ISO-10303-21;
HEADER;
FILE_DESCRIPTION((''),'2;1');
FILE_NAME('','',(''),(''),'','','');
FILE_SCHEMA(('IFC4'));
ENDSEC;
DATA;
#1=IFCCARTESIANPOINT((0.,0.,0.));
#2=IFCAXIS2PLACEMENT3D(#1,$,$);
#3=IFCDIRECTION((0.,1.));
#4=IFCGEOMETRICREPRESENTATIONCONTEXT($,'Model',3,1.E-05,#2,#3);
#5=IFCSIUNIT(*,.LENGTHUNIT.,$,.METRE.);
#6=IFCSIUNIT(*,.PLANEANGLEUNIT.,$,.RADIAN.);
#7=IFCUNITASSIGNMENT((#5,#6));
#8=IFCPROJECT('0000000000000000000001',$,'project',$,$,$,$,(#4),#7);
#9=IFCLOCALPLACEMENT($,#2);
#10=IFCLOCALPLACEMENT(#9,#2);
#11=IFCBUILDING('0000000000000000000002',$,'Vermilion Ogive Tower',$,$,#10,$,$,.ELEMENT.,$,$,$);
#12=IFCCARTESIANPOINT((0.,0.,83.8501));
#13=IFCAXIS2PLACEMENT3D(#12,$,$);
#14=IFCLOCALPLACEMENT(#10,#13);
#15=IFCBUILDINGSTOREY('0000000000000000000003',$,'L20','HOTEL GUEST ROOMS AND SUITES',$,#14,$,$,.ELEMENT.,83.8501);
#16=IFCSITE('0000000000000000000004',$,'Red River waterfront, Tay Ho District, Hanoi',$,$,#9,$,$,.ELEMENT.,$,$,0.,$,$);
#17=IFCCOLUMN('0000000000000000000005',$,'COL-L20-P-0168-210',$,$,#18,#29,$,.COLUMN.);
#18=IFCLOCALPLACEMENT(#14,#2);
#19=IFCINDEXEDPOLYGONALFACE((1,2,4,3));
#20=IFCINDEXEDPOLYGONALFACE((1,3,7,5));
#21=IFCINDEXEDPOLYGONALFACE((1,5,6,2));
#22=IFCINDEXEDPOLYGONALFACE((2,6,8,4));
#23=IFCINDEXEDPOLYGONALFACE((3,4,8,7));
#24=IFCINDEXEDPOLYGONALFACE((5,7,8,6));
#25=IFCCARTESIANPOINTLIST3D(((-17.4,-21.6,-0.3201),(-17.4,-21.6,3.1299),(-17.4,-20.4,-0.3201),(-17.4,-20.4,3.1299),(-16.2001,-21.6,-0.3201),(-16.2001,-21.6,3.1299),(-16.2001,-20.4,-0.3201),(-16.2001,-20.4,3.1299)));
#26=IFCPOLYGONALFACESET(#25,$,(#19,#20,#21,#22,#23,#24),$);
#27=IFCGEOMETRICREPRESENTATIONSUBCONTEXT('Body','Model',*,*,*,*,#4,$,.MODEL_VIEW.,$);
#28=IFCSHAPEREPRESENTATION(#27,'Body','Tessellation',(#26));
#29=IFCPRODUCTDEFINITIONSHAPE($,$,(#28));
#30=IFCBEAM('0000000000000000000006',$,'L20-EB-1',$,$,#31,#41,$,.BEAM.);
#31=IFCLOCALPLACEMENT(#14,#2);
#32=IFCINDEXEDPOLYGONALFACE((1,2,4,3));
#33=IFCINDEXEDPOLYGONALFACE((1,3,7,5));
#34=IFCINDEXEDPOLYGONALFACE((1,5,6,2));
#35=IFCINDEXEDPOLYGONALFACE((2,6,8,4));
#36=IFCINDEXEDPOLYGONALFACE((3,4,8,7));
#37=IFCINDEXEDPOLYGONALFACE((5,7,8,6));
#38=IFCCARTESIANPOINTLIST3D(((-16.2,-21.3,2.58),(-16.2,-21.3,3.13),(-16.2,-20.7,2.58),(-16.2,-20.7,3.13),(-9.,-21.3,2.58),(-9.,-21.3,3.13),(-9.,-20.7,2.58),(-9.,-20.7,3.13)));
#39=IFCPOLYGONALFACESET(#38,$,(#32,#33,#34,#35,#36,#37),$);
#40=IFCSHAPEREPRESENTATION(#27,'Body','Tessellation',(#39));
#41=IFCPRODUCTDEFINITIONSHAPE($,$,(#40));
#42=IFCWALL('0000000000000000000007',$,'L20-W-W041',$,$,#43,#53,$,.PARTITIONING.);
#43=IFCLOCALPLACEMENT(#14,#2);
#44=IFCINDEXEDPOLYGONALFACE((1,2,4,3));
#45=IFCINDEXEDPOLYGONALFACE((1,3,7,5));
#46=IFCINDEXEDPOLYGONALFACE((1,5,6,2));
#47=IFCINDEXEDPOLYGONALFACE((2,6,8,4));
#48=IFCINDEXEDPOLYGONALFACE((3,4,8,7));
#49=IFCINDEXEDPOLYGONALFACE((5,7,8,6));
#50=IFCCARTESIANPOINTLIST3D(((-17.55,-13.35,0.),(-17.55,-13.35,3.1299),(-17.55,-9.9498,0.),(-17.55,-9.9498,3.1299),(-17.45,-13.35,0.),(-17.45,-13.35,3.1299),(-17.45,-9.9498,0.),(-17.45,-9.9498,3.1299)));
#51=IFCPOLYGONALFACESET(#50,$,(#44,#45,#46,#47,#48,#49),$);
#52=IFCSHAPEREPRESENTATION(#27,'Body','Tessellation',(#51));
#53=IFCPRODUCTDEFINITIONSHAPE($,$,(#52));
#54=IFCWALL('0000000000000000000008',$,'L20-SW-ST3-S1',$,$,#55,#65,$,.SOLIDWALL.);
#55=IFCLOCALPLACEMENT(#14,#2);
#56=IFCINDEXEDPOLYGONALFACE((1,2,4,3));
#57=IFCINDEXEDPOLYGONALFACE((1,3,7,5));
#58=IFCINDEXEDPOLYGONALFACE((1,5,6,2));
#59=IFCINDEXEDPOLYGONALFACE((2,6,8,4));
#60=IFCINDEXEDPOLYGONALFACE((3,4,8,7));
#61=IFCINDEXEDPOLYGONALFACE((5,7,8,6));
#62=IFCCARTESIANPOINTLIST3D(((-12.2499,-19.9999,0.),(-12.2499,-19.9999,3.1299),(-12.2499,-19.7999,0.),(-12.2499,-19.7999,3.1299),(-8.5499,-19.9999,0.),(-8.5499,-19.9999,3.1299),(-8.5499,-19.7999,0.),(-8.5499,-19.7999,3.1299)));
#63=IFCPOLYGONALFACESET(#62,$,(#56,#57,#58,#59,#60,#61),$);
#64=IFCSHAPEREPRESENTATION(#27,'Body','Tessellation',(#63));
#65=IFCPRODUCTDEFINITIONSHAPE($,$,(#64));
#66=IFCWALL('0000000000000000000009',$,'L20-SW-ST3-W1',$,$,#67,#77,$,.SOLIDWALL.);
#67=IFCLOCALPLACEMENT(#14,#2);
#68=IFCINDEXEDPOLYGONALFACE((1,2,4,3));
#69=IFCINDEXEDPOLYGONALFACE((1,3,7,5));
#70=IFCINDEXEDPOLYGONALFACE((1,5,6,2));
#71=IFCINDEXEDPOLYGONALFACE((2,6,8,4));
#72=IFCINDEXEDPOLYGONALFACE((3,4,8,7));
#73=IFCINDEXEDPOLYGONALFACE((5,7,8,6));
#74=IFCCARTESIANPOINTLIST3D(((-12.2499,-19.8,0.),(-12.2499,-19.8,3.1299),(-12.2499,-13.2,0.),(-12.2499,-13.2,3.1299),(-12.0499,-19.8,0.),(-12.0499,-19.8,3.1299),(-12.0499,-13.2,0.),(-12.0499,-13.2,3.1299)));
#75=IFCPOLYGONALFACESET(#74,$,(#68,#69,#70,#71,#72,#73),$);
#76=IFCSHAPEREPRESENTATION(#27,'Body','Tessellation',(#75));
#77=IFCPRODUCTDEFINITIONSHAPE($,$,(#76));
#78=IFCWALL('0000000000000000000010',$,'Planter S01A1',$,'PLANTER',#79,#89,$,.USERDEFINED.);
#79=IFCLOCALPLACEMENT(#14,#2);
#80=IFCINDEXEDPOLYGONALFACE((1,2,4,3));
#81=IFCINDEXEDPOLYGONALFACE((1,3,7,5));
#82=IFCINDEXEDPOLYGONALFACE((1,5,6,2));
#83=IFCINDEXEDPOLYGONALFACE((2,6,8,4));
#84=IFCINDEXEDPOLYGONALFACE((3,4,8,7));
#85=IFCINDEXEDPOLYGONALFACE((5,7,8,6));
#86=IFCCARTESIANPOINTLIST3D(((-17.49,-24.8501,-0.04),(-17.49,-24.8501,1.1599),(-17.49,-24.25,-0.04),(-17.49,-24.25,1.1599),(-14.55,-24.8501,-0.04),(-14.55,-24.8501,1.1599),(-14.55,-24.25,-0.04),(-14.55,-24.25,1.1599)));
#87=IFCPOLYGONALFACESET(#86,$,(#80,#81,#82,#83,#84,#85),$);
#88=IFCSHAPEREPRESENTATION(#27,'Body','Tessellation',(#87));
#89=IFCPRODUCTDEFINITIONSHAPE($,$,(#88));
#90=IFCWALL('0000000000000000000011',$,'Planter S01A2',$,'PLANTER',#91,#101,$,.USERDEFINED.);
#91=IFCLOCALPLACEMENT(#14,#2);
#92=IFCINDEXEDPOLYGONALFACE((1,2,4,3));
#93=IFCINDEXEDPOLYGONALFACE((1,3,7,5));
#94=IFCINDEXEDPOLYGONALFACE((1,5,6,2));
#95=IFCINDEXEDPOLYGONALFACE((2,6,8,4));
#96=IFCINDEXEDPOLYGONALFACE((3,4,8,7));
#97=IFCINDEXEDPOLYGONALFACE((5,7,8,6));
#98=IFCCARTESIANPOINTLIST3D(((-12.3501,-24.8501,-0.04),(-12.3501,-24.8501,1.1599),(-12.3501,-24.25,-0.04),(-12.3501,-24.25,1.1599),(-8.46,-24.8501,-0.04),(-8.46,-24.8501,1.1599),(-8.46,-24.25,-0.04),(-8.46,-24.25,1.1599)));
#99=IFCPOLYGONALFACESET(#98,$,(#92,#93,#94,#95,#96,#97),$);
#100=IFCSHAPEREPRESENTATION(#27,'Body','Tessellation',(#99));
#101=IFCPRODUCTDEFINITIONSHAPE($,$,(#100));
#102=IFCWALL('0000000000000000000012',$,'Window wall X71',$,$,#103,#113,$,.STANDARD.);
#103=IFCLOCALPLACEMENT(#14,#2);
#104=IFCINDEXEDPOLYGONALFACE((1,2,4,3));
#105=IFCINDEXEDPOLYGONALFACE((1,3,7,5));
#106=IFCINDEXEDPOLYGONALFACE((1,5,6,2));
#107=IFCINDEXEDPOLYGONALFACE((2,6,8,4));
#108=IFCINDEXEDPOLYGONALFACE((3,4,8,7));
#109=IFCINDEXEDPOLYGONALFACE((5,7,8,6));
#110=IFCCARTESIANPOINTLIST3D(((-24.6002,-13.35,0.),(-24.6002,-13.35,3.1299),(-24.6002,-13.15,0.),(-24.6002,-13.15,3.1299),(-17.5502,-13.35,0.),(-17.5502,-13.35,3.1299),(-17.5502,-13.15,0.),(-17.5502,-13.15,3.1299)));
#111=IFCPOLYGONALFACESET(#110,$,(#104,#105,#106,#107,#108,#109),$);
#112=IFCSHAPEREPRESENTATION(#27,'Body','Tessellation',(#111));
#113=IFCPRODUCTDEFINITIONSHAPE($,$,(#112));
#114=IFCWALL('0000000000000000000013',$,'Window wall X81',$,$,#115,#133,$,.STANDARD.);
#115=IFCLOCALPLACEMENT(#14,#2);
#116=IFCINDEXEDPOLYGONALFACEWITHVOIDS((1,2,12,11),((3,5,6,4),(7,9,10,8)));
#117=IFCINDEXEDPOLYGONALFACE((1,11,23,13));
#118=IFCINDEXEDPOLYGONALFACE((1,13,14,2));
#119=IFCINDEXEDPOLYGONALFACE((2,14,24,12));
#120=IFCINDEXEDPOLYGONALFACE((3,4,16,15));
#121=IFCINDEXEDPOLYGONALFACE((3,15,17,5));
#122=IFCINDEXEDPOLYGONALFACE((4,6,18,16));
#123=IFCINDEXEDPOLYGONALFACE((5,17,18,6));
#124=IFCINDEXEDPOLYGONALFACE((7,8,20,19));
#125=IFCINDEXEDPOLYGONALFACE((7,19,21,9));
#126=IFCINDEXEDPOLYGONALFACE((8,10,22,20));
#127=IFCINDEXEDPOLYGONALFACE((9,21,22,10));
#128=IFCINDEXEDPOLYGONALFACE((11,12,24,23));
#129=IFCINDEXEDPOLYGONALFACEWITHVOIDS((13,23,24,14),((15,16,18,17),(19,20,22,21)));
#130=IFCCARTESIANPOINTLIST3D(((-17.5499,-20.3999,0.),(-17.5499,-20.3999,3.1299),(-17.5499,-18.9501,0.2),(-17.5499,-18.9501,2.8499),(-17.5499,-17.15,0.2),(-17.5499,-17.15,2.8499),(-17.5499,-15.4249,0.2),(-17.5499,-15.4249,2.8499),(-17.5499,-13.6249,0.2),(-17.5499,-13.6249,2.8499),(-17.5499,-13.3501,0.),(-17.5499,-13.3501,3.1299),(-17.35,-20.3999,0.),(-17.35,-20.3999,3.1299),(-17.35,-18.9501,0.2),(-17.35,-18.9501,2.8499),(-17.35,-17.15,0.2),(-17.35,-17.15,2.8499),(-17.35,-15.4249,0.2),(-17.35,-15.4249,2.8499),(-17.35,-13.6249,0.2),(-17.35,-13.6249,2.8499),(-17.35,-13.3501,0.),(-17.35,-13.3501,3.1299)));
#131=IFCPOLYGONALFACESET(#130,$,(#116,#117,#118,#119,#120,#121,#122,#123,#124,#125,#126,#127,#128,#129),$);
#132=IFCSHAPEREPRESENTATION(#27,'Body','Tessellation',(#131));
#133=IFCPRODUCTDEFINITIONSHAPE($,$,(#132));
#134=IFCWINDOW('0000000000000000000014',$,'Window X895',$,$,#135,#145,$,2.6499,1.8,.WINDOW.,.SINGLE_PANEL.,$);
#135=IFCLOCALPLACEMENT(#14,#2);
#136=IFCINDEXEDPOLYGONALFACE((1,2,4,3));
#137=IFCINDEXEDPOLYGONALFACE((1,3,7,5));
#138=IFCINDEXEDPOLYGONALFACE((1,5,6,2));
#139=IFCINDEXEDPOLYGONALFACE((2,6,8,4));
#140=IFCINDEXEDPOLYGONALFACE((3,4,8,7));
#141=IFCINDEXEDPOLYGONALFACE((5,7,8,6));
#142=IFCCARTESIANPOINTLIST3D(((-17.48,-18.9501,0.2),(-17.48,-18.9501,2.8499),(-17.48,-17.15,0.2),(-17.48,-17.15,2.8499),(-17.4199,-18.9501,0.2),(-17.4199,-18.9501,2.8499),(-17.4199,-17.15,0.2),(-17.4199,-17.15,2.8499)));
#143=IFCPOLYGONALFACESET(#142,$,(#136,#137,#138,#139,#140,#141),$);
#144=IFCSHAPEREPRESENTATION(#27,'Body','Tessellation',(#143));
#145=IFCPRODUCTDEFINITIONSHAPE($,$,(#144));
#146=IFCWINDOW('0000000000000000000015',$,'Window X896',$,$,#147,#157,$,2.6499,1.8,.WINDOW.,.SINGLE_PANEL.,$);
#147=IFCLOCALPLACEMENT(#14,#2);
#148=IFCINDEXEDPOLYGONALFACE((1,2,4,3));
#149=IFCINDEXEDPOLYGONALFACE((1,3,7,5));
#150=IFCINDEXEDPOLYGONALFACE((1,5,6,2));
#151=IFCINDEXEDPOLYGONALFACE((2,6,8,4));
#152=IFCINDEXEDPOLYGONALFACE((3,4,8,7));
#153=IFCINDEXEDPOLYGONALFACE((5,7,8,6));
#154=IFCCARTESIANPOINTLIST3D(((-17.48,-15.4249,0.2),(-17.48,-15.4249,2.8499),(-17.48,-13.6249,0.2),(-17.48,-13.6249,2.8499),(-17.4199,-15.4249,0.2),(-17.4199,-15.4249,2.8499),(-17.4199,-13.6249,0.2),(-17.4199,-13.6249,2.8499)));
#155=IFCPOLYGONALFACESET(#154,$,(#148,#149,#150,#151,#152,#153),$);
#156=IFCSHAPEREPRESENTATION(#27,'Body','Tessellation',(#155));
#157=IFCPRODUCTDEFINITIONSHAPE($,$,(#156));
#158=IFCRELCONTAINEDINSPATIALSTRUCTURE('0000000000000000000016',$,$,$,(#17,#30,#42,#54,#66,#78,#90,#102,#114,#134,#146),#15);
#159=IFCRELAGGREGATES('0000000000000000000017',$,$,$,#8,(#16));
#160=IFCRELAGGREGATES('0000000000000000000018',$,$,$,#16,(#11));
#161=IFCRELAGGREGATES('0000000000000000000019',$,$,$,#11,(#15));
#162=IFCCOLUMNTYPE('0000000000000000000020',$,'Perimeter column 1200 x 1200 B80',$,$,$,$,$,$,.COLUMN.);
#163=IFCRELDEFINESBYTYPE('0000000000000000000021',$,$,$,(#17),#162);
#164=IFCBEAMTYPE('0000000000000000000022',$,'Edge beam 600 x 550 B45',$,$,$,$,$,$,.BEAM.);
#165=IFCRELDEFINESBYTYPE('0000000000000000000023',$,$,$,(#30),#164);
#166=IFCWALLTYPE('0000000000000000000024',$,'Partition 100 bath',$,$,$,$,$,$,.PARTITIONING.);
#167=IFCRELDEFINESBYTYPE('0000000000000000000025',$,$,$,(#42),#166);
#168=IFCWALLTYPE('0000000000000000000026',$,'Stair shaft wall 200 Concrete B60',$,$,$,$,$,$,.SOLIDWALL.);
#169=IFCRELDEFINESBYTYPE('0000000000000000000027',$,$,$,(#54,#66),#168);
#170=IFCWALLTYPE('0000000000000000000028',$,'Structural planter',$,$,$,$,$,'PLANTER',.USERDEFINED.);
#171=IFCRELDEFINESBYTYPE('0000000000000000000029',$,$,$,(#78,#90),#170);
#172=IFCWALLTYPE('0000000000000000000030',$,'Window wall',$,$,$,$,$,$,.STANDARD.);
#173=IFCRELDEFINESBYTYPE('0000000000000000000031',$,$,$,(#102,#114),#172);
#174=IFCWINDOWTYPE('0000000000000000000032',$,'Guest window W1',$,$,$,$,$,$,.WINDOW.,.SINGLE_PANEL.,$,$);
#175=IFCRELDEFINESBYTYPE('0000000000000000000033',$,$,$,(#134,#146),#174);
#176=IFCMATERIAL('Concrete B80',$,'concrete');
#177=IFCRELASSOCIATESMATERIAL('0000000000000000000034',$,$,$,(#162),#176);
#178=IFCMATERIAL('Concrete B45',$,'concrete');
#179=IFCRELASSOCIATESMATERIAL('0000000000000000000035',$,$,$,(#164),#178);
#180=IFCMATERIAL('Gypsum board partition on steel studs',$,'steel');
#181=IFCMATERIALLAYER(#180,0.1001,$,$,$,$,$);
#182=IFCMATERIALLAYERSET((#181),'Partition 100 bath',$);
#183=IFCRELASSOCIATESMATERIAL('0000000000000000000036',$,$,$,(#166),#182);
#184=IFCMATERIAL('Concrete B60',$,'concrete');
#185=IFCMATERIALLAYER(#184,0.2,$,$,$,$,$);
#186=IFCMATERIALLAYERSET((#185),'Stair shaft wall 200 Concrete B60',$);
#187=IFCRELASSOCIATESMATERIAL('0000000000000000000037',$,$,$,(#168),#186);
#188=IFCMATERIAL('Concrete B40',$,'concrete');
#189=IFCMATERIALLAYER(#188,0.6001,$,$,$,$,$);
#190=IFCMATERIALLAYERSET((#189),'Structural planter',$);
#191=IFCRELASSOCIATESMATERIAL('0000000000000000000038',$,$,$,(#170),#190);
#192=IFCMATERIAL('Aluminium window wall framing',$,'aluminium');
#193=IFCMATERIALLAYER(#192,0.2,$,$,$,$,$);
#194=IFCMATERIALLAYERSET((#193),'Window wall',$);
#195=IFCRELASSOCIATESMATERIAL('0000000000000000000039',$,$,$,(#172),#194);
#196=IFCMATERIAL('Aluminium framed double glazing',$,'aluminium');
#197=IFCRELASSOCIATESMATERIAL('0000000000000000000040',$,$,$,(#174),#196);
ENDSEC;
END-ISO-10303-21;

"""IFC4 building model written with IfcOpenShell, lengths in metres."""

from ifc_helpers import new_model, si_unit, direction, frame, frame_2d, origin, origin_2d, place, context, subcontext, project, spatial, rectangle, extrude, material, layer, layer_set, material_profile, profile_set, type_object, element, fill, save


model = new_model("IFC4")

# Units and contexts
model_context = context("Model", 3, precision=1e-05, world=origin(), true_north=direction((0.0, 1.0)))
body_context = subcontext(model_context, "Body", "Model", "MODEL_VIEW")
ifc_project = project(units=[si_unit("LENGTHUNIT", "METRE"), si_unit("PLANEANGLEUNIT", "RADIAN")], contexts=[model_context])

# Site, building, storey
site_placement = place(None, origin())
site = spatial("IfcSite", under=ifc_project, at=site_placement, Name="Red River waterfront, Tay Ho District, Hanoi", CompositionType="ELEMENT", RefElevation=0.0)
building_placement = place(site_placement, origin())
building = spatial("IfcBuilding", under=site, at=building_placement, Name="Vermilion Ogive Tower", CompositionType="ELEMENT")
storey_placement = place(building_placement, frame((0.0, 0.0, 83.8501)))
storey = spatial("IfcBuildingStorey", under=building, at=storey_placement, Name="L20", Description="HOTEL GUEST ROOMS AND SUITES", CompositionType="ELEMENT", Elevation=83.8501)

# Column
ifc_material_1 = material(Name="Concrete B80", Category="concrete")
ifc_material_profile_1 = material_profile(ifc_material_1, rectangle(XDim=1.2, YDim=1.2, at=origin_2d()), Name="1200 x 1200")
ifc_profile_set_1 = profile_set([ifc_material_profile_1], Name="Concrete B80")
column_type = type_object("IfcColumnType", Name="Perimeter column 1200 x 1200 B80", PredefinedType="COLUMN", material=ifc_profile_set_1)
column_placement = place(storey_placement, frame((-16.8, -21.0, -0.3201), z_axis=(0.0, 0.0, 1.0), x_axis=(1.0, 0.0, 0.0)))
element("IfcColumn", 1, at=column_placement, inside=storey, type_object=column_type, Name="COL-L20-P-0168-210", PredefinedType="COLUMN", context=body_context, shape_type="SweptSolid", body=[
    extrude(rectangle(XDim=1.2, YDim=1.2, at=origin_2d()), origin(), (0.0, 0.0, 1.0), 3.45),
])

# Beam
ifc_material_2 = material(Name="Concrete B45", Category="concrete")
ifc_material_profile_2 = material_profile(ifc_material_2, rectangle(XDim=0.6001, YDim=0.55, at=origin_2d()), Name="600 x 550")
ifc_profile_set_2 = profile_set([ifc_material_profile_2], Name="Concrete B45")
beam_type = type_object("IfcBeamType", Name="Edge beam 600 x 550 B45", PredefinedType="BEAM", material=ifc_profile_set_2)
beam_placement = place(storey_placement, frame((-16.2, -21.0, 2.855), z_axis=(1.0, 0.0, 0.0), x_axis=(0.0, 1.0, 0.0)))
element("IfcBeam", 2, at=beam_placement, inside=storey, type_object=beam_type, Name="L20-EB-1", PredefinedType="BEAM", context=body_context, shape_type="SweptSolid", body=[
    extrude(rectangle(XDim=0.6001, YDim=0.55, at=origin_2d()), origin(), (0.0, 0.0, 1.0), 7.2),
])

# Walls
ifc_material_3 = material(Name="Gypsum board partition on steel studs", Category="steel")
ifc_layer_1 = layer(ifc_material_3, 0.1001)
ifc_layer_set_1 = layer_set([ifc_layer_1], Name="Partition 100 bath")
wall_type_1 = type_object("IfcWallType", Name="Partition 100 bath", PredefinedType="PARTITIONING", material=ifc_layer_set_1)
wall_1_placement = place(storey_placement, frame((-17.5, -13.3501, 0.0), z_axis=(0.0, 0.0, 1.0), x_axis=(0.0, 1.0, 0.0)))
element("IfcWall", 3, at=wall_1_placement, inside=storey, type_object=wall_type_1, Name="L20-W-W041", PredefinedType="PARTITIONING", context=body_context, shape_type="SweptSolid", body=[
    extrude(rectangle(XDim=3.4001, YDim=0.1001, at=frame_2d((1.7002, 0.0))), origin(), (0.0, 0.0, 1.0), 3.1299),
])
ifc_material_4 = material(Name="Concrete B60", Category="concrete")
ifc_layer_2 = layer(ifc_material_4, 0.2)
ifc_layer_set_2 = layer_set([ifc_layer_2], Name="Stair shaft wall 200 Concrete B60")
wall_type_2 = type_object("IfcWallType", Name="Stair shaft wall 200 Concrete B60", PredefinedType="SOLIDWALL", material=ifc_layer_set_2)
wall_2_placement = place(storey_placement, frame((-12.25, -19.8999, 0.0), z_axis=(0.0, 0.0, 1.0), x_axis=(1.0, 0.0, 0.0)))
element("IfcWall", 4, at=wall_2_placement, inside=storey, type_object=wall_type_2, Name="L20-SW-ST3-S1", PredefinedType="SOLIDWALL", context=body_context, shape_type="SweptSolid", body=[
    extrude(rectangle(XDim=3.7, YDim=0.2, at=frame_2d((1.8501, 0.0))), origin(), (0.0, 0.0, 1.0), 3.1299),
])
wall_3_placement = place(storey_placement, frame((-12.1499, -19.8, 0.0), z_axis=(0.0, 0.0, 1.0), x_axis=(0.0, 1.0, 0.0)))
element("IfcWall", 5, at=wall_3_placement, inside=storey, type_object=wall_type_2, Name="L20-SW-ST3-W1", PredefinedType="SOLIDWALL", context=body_context, shape_type="SweptSolid", body=[
    extrude(rectangle(XDim=6.6001, YDim=0.2, at=frame_2d((3.3, 0.0))), origin(), (0.0, 0.0, 1.0), 3.1299),
])
ifc_material_5 = material(Name="Concrete B40", Category="concrete")
ifc_layer_3 = layer(ifc_material_5, 0.6001)
ifc_layer_set_3 = layer_set([ifc_layer_3], Name="Structural planter")
wall_type_3 = type_object("IfcWallType", Name="Structural planter", ElementType="PLANTER", PredefinedType="USERDEFINED", material=ifc_layer_set_3)
wall_4_placement = place(storey_placement, frame((-17.49, -24.55, -0.04), z_axis=(0.0, 0.0, 1.0), x_axis=(1.0, 0.0, 0.0)))
element("IfcWall", 6, at=wall_4_placement, inside=storey, type_object=wall_type_3, Name="Planter S01A1", ObjectType="PLANTER", PredefinedType="USERDEFINED", context=body_context, shape_type="SweptSolid", body=[
    extrude(rectangle(XDim=2.9399, YDim=0.6001, at=frame_2d((1.47, 0.0))), origin(), (0.0, 0.0, 1.0), 1.2),
])
wall_5_placement = place(storey_placement, frame((-12.3501, -24.55, -0.04), z_axis=(0.0, 0.0, 1.0), x_axis=(1.0, 0.0, 0.0)))
element("IfcWall", 7, at=wall_5_placement, inside=storey, type_object=wall_type_3, Name="Planter S01A2", ObjectType="PLANTER", PredefinedType="USERDEFINED", context=body_context, shape_type="SweptSolid", body=[
    extrude(rectangle(XDim=3.8901, YDim=0.6001, at=frame_2d((1.9451, 0.0))), origin(), (0.0, 0.0, 1.0), 1.2),
])

# Shared definitions
ifc_material_6 = material(Name="Aluminium window wall framing", Category="aluminium")
ifc_layer_4 = layer(ifc_material_6, 0.2)
ifc_layer_set_4 = layer_set([ifc_layer_4], Name="Window wall")
wall_type_4 = type_object("IfcWallType", Name="Window wall", PredefinedType="STANDARD", material=ifc_layer_set_4)
ifc_material_7 = material(Name="Aluminium framed double glazing", Category="aluminium")
window_type = type_object("IfcWindowType", Name="Guest window W1", PartitioningType="SINGLE_PANEL", PredefinedType="WINDOW", material=ifc_material_7)

# Wall
wall_6_placement = place(storey_placement, frame((-24.6001, -13.25, 0.0), z_axis=(0.0, 0.0, 1.0), x_axis=(1.0, 0.0, 0.0)))
element("IfcWall", 8, at=wall_6_placement, inside=storey, type_object=wall_type_4, Name="Window wall X71", PredefinedType="STANDARD", context=body_context, shape_type="SweptSolid", body=[
    extrude(rectangle(XDim=7.05, YDim=0.2, at=frame_2d((3.5249, 0.0))), origin(), (0.0, 0.0, 1.0), 3.1299),
])

# Wall, openings, windows
wall_7_placement = place(storey_placement, frame((-17.45, -13.3501, 0.0), z_axis=(0.0, 0.0, 1.0), x_axis=(0.0, -1.0, 0.0)))
wall_7 = element("IfcWall", 9, at=wall_7_placement, inside=storey, type_object=wall_type_4, Name="Window wall X81", PredefinedType="STANDARD", context=body_context, shape_type="SweptSolid", body=[
    extrude(rectangle(XDim=7.0498, YDim=0.2, at=frame_2d((3.5249, 0.0))), origin(), (0.0, 0.0, 1.0), 3.1299),
])
opening_1_placement = place(wall_7_placement, frame((3.8, 0.0, 0.2)))
opening_1 = element("IfcOpeningElement", 10, at=opening_1_placement, cuts=wall_7, PredefinedType="OPENING", context=body_context, shape_type="SweptSolid", body=[
    extrude(rectangle(XDim=1.8, YDim=2.6499, at=frame_2d((0.8999, 1.325))), frame((0.0, 0.1099, 0.0), z_axis=(0.0, -1.0, 0.0), x_axis=(1.0, 0.0, 0.0)), (0.0, 0.0, 1.0), 0.22),
])
opening_2_placement = place(wall_7_placement, frame((0.2749, 0.0, 0.2)))
opening_2 = element("IfcOpeningElement", 11, at=opening_2_placement, cuts=wall_7, PredefinedType="OPENING", context=body_context, shape_type="SweptSolid", body=[
    extrude(rectangle(XDim=1.8, YDim=2.6499, at=frame_2d((0.8999, 1.325))), frame((0.0, 0.1099, 0.0), z_axis=(0.0, -1.0, 0.0), x_axis=(1.0, 0.0, 0.0)), (0.0, 0.0, 1.0), 0.22),
])
window_1_placement = place(opening_1_placement, origin())
window_1 = element("IfcWindow", 12, at=window_1_placement, inside=storey, type_object=window_type, Name="Window X895", OverallHeight=2.6499, OverallWidth=1.8, PartitioningType="SINGLE_PANEL", PredefinedType="WINDOW", context=body_context, shape_type="SweptSolid", body=[
    extrude(rectangle(XDim=1.8, YDim=2.6499, at=frame_2d((0.8999, 1.325))), frame((0.0, 0.03, 0.0), z_axis=(0.0, -1.0, 0.0), x_axis=(1.0, 0.0, 0.0)), (0.0, 0.0, 1.0), 0.0601),
])
fill(opening_1, window_1)
window_2_placement = place(opening_2_placement, origin())
window_2 = element("IfcWindow", 13, at=window_2_placement, inside=storey, type_object=window_type, Name="Window X896", OverallHeight=2.6499, OverallWidth=1.8, PartitioningType="SINGLE_PANEL", PredefinedType="WINDOW", context=body_context, shape_type="SweptSolid", body=[
    extrude(rectangle(XDim=1.8, YDim=2.6499, at=frame_2d((0.8999, 1.325))), frame((0.0, 0.03, 0.0), z_axis=(0.0, -1.0, 0.0), x_axis=(1.0, 0.0, 0.0)), (0.0, 0.0, 1.0), 0.0601),
])
fill(opening_2, window_2)

save(model, "model.ifc")
